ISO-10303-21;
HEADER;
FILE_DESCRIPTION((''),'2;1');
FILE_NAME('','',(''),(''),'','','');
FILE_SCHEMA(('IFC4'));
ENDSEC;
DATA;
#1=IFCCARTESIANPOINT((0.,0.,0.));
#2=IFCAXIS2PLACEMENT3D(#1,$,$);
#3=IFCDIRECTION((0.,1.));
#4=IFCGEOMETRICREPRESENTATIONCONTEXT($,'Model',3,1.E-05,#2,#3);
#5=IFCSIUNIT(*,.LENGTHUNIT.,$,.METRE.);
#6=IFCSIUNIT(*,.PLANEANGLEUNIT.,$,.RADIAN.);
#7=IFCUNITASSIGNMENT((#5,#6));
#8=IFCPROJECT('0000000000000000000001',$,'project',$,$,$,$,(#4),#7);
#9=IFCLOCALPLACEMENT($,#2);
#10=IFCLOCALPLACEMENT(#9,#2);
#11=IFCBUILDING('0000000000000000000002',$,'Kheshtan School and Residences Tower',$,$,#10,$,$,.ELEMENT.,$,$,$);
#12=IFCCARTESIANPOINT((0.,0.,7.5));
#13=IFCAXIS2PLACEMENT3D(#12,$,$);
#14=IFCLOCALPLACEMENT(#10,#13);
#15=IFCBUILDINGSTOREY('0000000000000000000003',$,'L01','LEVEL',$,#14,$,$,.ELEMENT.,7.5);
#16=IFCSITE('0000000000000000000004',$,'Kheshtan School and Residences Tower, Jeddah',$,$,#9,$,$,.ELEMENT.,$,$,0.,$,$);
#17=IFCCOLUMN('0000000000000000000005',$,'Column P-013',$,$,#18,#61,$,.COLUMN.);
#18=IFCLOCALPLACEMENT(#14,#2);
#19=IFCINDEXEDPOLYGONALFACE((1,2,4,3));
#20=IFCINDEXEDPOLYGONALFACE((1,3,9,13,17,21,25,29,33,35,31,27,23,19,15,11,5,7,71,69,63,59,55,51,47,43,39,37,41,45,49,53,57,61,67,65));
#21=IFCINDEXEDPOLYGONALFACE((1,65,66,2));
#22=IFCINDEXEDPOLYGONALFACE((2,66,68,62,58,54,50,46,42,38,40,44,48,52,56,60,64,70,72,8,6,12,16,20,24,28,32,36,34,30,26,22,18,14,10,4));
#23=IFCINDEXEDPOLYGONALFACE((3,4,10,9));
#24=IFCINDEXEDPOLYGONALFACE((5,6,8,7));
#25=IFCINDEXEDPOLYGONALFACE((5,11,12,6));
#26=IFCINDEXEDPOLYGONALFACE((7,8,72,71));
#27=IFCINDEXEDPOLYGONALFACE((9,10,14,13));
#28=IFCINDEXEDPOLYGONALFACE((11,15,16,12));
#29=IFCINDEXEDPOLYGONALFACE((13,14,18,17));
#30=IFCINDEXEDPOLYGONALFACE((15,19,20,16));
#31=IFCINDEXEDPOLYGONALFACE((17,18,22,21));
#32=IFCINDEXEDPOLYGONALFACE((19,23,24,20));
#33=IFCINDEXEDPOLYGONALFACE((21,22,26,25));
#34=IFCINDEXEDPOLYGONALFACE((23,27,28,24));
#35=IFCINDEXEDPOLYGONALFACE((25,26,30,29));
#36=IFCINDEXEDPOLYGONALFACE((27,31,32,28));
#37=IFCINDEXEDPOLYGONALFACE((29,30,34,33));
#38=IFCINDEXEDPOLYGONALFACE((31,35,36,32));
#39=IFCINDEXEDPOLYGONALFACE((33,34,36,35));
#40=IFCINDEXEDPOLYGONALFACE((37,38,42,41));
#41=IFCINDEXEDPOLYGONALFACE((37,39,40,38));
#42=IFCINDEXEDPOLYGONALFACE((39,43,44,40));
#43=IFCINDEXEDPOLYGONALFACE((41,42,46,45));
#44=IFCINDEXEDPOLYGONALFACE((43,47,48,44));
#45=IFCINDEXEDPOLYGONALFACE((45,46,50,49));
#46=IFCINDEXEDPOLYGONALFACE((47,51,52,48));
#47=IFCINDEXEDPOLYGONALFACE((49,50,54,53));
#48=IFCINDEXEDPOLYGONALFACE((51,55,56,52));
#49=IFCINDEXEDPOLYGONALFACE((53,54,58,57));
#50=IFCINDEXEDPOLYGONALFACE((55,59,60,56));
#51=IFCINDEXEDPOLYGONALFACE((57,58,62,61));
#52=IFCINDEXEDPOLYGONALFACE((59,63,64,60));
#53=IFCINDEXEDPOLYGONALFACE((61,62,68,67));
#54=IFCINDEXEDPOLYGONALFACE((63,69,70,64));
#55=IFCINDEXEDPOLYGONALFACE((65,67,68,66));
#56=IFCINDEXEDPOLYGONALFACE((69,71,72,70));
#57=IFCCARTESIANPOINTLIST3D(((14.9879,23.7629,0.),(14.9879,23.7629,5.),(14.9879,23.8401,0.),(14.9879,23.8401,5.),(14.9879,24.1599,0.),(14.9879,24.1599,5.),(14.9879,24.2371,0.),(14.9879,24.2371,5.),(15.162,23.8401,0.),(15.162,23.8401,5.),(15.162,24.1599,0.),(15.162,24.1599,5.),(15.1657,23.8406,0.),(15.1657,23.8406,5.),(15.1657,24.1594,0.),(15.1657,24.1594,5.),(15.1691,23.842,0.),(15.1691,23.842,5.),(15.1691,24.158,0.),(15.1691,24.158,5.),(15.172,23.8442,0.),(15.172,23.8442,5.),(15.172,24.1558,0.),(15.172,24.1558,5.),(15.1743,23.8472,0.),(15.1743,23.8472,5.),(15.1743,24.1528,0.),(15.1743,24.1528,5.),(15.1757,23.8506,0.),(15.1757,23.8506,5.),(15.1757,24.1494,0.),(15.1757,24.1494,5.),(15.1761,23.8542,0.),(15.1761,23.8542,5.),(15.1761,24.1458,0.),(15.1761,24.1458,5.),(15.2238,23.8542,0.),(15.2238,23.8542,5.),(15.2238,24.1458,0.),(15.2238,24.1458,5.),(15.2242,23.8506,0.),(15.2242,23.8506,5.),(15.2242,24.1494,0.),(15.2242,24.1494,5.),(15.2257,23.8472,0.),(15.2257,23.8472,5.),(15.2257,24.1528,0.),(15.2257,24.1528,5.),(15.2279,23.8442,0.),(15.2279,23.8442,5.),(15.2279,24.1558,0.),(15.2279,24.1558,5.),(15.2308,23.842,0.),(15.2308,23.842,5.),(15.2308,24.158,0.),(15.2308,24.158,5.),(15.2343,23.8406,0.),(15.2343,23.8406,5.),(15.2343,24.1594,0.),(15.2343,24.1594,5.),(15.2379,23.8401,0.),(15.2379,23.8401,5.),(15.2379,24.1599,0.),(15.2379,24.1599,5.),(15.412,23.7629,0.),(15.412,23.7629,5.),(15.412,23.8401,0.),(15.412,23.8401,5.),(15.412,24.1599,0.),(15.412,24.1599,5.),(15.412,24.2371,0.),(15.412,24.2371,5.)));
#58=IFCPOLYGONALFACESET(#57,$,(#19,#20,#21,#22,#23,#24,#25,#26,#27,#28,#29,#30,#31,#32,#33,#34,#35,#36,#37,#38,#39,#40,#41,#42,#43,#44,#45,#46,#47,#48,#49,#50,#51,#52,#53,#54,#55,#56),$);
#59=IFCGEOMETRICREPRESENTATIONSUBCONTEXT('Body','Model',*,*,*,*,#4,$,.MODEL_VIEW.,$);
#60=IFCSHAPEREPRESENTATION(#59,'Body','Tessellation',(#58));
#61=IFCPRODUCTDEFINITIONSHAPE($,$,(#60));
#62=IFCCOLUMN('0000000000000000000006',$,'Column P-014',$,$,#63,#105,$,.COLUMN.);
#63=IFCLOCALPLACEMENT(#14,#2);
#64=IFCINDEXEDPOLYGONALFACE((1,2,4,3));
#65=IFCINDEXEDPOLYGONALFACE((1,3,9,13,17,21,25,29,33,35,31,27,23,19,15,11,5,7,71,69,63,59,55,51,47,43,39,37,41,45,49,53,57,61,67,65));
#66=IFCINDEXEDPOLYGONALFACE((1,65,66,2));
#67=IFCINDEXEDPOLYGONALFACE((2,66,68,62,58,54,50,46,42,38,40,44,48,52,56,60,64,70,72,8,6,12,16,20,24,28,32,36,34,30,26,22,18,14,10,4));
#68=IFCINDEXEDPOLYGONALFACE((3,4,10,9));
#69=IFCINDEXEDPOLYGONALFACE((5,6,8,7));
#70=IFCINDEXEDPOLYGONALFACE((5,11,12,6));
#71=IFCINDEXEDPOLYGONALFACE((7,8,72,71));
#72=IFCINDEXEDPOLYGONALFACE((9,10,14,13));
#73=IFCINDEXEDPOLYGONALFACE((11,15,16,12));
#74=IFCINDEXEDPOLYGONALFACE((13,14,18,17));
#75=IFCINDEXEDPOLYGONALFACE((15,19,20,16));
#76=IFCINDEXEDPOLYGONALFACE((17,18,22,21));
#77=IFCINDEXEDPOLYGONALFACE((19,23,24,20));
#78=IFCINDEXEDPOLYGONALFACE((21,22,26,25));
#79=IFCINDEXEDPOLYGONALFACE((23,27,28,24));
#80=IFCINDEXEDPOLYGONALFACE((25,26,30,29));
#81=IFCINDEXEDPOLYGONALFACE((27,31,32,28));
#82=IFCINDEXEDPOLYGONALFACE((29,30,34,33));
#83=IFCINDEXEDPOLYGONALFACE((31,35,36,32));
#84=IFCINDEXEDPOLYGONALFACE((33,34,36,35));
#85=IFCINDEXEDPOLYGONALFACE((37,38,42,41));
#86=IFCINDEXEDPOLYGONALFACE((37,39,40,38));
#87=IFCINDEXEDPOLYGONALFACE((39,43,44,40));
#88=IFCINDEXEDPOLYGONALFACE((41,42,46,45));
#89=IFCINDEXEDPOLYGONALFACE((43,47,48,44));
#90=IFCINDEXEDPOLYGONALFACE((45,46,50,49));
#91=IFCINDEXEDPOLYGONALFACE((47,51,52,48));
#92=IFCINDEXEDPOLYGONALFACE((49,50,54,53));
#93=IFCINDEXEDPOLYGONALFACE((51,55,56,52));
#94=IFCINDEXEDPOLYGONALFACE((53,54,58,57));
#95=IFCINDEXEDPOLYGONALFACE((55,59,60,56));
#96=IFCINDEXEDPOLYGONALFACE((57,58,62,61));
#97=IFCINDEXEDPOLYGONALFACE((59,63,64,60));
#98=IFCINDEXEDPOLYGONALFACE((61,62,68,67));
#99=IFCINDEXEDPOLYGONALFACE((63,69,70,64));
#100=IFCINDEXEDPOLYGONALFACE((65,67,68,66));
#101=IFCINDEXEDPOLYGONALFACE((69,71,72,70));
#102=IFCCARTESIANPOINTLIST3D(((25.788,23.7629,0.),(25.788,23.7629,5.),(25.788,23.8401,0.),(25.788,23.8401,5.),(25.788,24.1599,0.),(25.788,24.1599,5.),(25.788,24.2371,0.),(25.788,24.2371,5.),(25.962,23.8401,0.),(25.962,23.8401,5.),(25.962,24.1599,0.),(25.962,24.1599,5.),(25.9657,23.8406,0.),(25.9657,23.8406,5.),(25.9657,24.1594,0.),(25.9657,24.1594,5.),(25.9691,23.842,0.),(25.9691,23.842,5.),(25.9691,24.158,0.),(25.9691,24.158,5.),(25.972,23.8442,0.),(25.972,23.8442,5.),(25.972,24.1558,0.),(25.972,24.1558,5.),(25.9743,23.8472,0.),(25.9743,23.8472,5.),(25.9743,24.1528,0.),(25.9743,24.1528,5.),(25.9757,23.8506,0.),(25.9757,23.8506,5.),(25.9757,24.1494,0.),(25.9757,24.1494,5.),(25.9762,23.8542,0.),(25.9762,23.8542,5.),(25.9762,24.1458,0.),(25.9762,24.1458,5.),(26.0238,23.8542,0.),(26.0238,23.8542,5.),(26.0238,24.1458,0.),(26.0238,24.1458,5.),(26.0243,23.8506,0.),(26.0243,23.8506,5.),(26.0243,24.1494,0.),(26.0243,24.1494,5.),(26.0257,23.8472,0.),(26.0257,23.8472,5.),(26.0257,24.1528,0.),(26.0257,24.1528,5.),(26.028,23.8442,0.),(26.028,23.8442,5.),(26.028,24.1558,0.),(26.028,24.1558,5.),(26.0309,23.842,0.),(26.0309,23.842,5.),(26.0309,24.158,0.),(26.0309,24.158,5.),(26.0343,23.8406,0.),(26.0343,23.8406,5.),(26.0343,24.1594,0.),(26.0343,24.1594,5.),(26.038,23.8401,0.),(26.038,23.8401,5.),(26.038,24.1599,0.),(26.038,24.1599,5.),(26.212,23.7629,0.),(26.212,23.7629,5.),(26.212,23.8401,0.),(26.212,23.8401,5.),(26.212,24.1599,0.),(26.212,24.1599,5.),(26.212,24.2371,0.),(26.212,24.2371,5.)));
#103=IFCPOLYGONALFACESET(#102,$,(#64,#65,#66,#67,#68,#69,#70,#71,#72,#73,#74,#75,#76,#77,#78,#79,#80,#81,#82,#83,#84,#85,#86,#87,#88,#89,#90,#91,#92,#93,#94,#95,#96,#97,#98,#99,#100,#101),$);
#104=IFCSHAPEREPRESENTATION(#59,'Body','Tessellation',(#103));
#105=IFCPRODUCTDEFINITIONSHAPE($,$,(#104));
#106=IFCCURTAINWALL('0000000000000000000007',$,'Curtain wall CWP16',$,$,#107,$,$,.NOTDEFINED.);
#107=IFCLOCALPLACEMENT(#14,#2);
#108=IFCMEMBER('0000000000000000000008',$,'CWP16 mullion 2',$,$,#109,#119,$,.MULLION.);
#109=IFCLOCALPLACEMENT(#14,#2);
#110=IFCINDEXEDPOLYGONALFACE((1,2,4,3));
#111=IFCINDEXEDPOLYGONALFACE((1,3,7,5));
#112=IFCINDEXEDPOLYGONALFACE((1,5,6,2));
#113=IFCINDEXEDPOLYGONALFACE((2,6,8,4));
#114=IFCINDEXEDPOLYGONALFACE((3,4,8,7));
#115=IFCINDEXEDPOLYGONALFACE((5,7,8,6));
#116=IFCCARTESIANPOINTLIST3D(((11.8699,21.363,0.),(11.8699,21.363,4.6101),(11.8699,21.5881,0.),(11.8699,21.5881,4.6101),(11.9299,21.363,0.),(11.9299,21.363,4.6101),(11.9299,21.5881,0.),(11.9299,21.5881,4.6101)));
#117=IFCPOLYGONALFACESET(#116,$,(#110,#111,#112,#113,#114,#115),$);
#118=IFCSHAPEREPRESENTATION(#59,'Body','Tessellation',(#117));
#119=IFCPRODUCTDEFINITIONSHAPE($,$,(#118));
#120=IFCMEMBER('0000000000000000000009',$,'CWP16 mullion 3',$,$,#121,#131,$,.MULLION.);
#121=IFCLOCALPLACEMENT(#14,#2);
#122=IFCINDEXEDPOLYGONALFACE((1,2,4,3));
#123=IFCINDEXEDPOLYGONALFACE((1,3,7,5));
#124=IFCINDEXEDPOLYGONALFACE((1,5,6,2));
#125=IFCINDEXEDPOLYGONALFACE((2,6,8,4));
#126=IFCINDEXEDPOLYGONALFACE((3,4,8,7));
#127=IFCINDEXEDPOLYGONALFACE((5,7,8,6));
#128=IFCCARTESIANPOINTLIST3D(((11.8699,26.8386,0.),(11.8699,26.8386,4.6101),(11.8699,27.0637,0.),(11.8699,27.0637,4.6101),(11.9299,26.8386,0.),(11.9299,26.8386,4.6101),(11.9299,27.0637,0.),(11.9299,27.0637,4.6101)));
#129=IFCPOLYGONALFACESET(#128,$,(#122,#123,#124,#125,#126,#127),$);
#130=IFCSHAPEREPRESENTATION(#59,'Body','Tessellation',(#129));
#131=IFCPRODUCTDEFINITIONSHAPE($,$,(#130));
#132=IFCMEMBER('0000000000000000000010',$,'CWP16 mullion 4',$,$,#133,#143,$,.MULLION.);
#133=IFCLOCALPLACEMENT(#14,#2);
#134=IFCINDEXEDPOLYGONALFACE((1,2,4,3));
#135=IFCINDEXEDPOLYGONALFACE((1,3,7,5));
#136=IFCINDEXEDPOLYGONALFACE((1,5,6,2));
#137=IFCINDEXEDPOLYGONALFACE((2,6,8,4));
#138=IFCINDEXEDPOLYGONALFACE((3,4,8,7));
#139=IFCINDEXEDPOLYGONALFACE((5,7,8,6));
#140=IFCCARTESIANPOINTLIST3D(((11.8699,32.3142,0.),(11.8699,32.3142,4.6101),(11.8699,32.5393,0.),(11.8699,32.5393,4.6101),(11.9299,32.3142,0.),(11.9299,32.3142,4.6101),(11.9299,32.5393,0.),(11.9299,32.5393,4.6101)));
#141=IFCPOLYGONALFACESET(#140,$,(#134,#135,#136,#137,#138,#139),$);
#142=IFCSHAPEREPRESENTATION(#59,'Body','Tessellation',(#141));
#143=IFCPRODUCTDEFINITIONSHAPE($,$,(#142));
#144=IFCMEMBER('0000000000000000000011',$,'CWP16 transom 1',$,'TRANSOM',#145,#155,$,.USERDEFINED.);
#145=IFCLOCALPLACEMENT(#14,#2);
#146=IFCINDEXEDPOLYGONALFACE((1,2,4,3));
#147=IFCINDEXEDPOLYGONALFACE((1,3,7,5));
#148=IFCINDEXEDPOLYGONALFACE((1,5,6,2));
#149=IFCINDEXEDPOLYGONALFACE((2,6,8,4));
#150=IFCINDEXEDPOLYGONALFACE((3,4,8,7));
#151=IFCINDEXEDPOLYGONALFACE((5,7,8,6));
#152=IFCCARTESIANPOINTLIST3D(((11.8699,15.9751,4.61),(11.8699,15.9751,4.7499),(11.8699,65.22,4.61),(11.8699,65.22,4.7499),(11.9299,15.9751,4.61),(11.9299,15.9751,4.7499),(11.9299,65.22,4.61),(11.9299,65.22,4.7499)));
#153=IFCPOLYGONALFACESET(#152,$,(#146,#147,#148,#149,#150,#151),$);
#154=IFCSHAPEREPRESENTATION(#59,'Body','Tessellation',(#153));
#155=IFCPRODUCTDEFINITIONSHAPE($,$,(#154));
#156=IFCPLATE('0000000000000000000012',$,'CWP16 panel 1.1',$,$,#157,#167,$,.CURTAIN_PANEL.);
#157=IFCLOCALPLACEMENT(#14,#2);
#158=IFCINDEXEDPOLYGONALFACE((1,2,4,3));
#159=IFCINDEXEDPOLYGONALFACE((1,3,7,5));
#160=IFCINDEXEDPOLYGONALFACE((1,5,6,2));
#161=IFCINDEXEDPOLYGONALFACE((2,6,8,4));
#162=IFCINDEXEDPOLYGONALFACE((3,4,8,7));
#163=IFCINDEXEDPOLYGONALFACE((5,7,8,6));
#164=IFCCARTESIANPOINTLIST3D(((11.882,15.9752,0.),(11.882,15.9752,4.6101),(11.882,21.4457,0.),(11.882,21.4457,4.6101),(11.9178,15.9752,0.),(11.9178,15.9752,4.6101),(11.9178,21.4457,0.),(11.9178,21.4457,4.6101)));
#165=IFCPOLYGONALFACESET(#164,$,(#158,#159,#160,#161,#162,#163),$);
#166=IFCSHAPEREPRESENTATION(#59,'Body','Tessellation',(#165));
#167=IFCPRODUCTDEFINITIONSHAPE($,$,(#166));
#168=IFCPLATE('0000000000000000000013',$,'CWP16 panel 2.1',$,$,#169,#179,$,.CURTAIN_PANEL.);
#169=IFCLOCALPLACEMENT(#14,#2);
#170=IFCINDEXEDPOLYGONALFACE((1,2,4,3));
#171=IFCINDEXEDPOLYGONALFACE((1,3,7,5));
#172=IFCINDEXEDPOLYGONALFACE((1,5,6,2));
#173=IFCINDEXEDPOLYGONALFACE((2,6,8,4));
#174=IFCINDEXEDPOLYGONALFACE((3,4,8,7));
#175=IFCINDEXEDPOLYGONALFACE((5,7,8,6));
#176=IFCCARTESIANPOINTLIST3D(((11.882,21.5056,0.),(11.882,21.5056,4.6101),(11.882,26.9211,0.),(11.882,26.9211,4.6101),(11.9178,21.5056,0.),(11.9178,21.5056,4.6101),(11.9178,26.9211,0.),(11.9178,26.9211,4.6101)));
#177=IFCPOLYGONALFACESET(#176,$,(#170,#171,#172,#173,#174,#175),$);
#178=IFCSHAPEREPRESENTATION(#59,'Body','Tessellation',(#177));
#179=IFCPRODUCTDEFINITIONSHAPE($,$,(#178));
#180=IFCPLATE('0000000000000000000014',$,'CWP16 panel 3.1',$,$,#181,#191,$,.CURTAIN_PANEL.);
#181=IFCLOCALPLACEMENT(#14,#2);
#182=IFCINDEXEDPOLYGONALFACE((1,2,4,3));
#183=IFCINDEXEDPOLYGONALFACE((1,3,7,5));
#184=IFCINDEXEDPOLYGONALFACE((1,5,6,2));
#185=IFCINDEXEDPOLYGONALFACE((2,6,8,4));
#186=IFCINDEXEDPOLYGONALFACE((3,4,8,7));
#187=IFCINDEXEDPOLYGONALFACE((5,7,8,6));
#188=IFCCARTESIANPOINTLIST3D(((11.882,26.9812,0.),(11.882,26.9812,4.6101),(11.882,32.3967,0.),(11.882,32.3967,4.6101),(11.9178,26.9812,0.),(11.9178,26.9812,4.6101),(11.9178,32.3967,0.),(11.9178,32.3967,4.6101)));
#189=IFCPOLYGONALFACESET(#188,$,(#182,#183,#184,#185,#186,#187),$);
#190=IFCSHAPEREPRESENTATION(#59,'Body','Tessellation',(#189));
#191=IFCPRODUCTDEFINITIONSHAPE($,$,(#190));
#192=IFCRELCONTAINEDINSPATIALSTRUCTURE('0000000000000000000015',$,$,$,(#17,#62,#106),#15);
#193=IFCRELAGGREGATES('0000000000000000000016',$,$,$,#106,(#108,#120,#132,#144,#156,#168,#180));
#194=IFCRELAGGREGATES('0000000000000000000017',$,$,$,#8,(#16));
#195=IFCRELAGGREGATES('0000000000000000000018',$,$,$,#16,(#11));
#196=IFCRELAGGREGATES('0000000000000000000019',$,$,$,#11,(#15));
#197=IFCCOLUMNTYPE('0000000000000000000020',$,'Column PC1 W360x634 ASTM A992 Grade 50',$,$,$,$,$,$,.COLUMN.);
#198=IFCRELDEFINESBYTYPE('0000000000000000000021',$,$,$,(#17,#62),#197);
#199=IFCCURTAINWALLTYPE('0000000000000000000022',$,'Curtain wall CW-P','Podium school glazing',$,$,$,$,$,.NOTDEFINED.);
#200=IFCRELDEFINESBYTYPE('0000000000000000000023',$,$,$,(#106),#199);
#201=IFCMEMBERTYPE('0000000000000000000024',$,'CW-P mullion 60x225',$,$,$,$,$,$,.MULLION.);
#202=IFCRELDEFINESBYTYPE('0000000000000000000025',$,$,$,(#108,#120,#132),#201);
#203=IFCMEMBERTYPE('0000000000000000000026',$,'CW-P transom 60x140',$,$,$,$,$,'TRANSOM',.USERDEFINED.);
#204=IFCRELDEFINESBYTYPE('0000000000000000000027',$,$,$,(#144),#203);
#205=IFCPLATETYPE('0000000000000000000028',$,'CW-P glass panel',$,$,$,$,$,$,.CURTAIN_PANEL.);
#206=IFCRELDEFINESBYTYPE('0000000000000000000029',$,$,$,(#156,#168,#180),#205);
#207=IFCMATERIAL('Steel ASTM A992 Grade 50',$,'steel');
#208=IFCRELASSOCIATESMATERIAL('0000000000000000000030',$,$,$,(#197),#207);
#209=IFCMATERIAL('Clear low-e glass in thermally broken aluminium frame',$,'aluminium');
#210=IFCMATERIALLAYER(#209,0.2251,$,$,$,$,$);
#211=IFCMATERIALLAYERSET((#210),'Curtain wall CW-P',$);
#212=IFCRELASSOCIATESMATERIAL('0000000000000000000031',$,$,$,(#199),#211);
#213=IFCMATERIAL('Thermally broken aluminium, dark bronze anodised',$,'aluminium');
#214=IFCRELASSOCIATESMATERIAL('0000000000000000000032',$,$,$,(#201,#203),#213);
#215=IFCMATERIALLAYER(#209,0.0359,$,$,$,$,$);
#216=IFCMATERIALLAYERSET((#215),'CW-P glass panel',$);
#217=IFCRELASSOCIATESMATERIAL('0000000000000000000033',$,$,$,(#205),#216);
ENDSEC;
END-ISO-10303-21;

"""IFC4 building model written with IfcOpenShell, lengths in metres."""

from ifc_helpers import new_model, si_unit, direction, frame, origin, origin_2d, place, context, subcontext, project, spatial, rectangle, i_section, extrude, material, layer, layer_set, material_profile, profile_set, type_object, element, aggregate, save


model = new_model("IFC4")

# Units and contexts
model_context = context("Model", 3, precision=1e-05, world=origin(), true_north=direction((0.0, 1.0)))
body_context = subcontext(model_context, "Body", "Model", "MODEL_VIEW")
ifc_project = project(units=[si_unit("LENGTHUNIT", "METRE"), si_unit("PLANEANGLEUNIT", "RADIAN")], contexts=[model_context])

# Site, building, storey
site_placement = place(None, origin())
site = spatial("IfcSite", under=ifc_project, at=site_placement, Name="Kheshtan School and Residences Tower, Jeddah", CompositionType="ELEMENT", RefElevation=0.0)
building_placement = place(site_placement, origin())
building = spatial("IfcBuilding", under=site, at=building_placement, Name="Kheshtan School and Residences Tower", CompositionType="ELEMENT")
storey_placement = place(building_placement, frame((0.0, 0.0, 7.5)))
storey = spatial("IfcBuildingStorey", under=building, at=storey_placement, Name="L01", Description="LEVEL", CompositionType="ELEMENT", Elevation=7.5)

# Columns
ifc_material_1 = material(Name="Steel ASTM A992 Grade 50", Category="steel")
ifc_material_profile_1 = material_profile(ifc_material_1, i_section(OverallWidth=0.4241, OverallDepth=0.4741, WebThickness=0.0476, FlangeThickness=0.0771, FilletRadius=0.0142, at=origin_2d()), Name="W360x634")
ifc_profile_set_1 = profile_set([ifc_material_profile_1], Name="Steel ASTM A992 Grade 50")
column_type = type_object("IfcColumnType", Name="Column PC1 W360x634 ASTM A992 Grade 50", PredefinedType="COLUMN", material=ifc_profile_set_1)
for number, where, z_axis, x_axis, name in (
    (1, (15.2, 24.0, 0.0), (0.0, 0.0, 1.0), (1.0, 0.0, 0.0), "Column P-013"),
    (2, (26.0, 24.0, 0.0), (0.0, 0.0, 1.0), (1.0, 0.0, 0.0), "Column P-014"),
):
    element("IfcColumn", number, at=place(storey_placement, frame(where, z_axis=z_axis, x_axis=x_axis)), inside=storey, type_object=column_type, Name=name, PredefinedType="COLUMN", context=body_context, shape_type="SweptSolid", body=[
        extrude(i_section(OverallWidth=0.4241, OverallDepth=0.4741, WebThickness=0.0476, FlangeThickness=0.0771, FilletRadius=0.0142, at=origin_2d()), origin(), (0.0, 0.0, 1.0), 5.0),
    ])

# Curtain wall, members, plates
ifc_material_2 = material(Name="Clear low-e glass in thermally broken aluminium frame", Category="aluminium")
ifc_layer_1 = layer(ifc_material_2, 0.2251)
ifc_layer_set_1 = layer_set([ifc_layer_1], Name="Curtain wall CW-P")
curtain_wall_type = type_object("IfcCurtainWallType", Name="Curtain wall CW-P", Description="Podium school glazing", PredefinedType="NOTDEFINED", material=ifc_layer_set_1)
curtain_wall_placement = place(storey_placement, origin())
curtain_wall = element("IfcCurtainWall", 3, at=curtain_wall_placement, inside=storey, type_object=curtain_wall_type, Name="Curtain wall CWP16", PredefinedType="NOTDEFINED")
ifc_material_3 = material(Name="Thermally broken aluminium, dark bronze anodised", Category="aluminium")
ifc_material_profile_2 = material_profile(ifc_material_3, rectangle(XDim=0.0601, YDim=0.2251, at=origin_2d()), Name="CW-P mullion 60x225")
ifc_profile_set_2 = profile_set([ifc_material_profile_2], Name="Thermally broken aluminium, dark bronze anodised")
member_type_1 = type_object("IfcMemberType", Name="CW-P mullion 60x225", PredefinedType="MULLION", material=ifc_profile_set_2)
member_1_placement = place(storey_placement, frame((11.8999, 21.4756, 0.0), z_axis=(0.0, 0.0, 1.0), x_axis=(-1.0, 0.0, 0.0)))
member_1 = element("IfcMember", 4, at=member_1_placement, type_object=member_type_1, Name="CWP16 mullion 2", PredefinedType="MULLION", context=body_context, shape_type="SweptSolid", body=[
    extrude(rectangle(XDim=0.0601, YDim=0.2251, at=origin_2d()), origin(), (0.0, 0.0, 1.0), 4.6101),
])
member_2_placement = place(storey_placement, frame((11.8999, 26.9512, 0.0), z_axis=(0.0, 0.0, 1.0), x_axis=(-1.0, 0.0, 0.0)))
member_2 = element("IfcMember", 5, at=member_2_placement, type_object=member_type_1, Name="CWP16 mullion 3", PredefinedType="MULLION", context=body_context, shape_type="SweptSolid", body=[
    extrude(rectangle(XDim=0.0601, YDim=0.2251, at=origin_2d()), origin(), (0.0, 0.0, 1.0), 4.6101),
])
member_3_placement = place(storey_placement, frame((11.8999, 32.4268, 0.0), z_axis=(0.0, 0.0, 1.0), x_axis=(-1.0, 0.0, 0.0)))
member_3 = element("IfcMember", 6, at=member_3_placement, type_object=member_type_1, Name="CWP16 mullion 4", PredefinedType="MULLION", context=body_context, shape_type="SweptSolid", body=[
    extrude(rectangle(XDim=0.0601, YDim=0.2251, at=origin_2d()), origin(), (0.0, 0.0, 1.0), 4.6101),
])
ifc_material_profile_3 = material_profile(ifc_material_3, rectangle(XDim=0.0601, YDim=0.1399, at=origin_2d()), Name="CW-P transom 60x140")
ifc_profile_set_3 = profile_set([ifc_material_profile_3], Name="Thermally broken aluminium, dark bronze anodised")
member_type_2 = type_object("IfcMemberType", Name="CW-P transom 60x140", ElementType="TRANSOM", PredefinedType="USERDEFINED", material=ifc_profile_set_3)
member_4_placement = place(storey_placement, frame((11.8999, 15.9751, 4.6799), z_axis=(0.0, 1.0, 0.0), x_axis=(-1.0, 0.0, 0.0)))
member_4 = element("IfcMember", 7, at=member_4_placement, type_object=member_type_2, Name="CWP16 transom 1", ObjectType="TRANSOM", PredefinedType="USERDEFINED", context=body_context, shape_type="SweptSolid", body=[
    extrude(rectangle(XDim=0.0601, YDim=0.1399, at=origin_2d()), origin(), (0.0, 0.0, 1.0), 49.2449),
])
ifc_layer_2 = layer(ifc_material_2, 0.0359)
ifc_layer_set_2 = layer_set([ifc_layer_2], Name="CW-P glass panel")
plate_type = type_object("IfcPlateType", Name="CW-P glass panel", PredefinedType="CURTAIN_PANEL", material=ifc_layer_set_2)
plate_1_placement = place(storey_placement, frame((11.8999, 18.7104, 0.0), z_axis=(0.0, 0.0, 1.0), x_axis=(0.0, 1.0, 0.0)))
plate_1 = element("IfcPlate", 8, at=plate_1_placement, type_object=plate_type, Name="CWP16 panel 1.1", PredefinedType="CURTAIN_PANEL", context=body_context, shape_type="SweptSolid", body=[
    extrude(rectangle(XDim=5.4705, YDim=0.0359, at=origin_2d()), origin(), (0.0, 0.0, 1.0), 4.6101),
])
plate_2_placement = place(storey_placement, frame((11.8999, 24.2134, 0.0), z_axis=(0.0, 0.0, 1.0), x_axis=(0.0, 1.0, 0.0)))
plate_2 = element("IfcPlate", 9, at=plate_2_placement, type_object=plate_type, Name="CWP16 panel 2.1", PredefinedType="CURTAIN_PANEL", context=body_context, shape_type="SweptSolid", body=[
    extrude(rectangle(XDim=5.4155, YDim=0.0359, at=origin_2d()), origin(), (0.0, 0.0, 1.0), 4.6101),
])
plate_3_placement = place(storey_placement, frame((11.8999, 29.689, 0.0), z_axis=(0.0, 0.0, 1.0), x_axis=(0.0, 1.0, 0.0)))
plate_3 = element("IfcPlate", 10, at=plate_3_placement, type_object=plate_type, Name="CWP16 panel 3.1", PredefinedType="CURTAIN_PANEL", context=body_context, shape_type="SweptSolid", body=[
    extrude(rectangle(XDim=5.4155, YDim=0.0359, at=origin_2d()), origin(), (0.0, 0.0, 1.0), 4.6101),
])
aggregate(curtain_wall, [member_1, member_2, member_3, member_4, plate_1, plate_2, plate_3])

save(model, "model.ifc")
